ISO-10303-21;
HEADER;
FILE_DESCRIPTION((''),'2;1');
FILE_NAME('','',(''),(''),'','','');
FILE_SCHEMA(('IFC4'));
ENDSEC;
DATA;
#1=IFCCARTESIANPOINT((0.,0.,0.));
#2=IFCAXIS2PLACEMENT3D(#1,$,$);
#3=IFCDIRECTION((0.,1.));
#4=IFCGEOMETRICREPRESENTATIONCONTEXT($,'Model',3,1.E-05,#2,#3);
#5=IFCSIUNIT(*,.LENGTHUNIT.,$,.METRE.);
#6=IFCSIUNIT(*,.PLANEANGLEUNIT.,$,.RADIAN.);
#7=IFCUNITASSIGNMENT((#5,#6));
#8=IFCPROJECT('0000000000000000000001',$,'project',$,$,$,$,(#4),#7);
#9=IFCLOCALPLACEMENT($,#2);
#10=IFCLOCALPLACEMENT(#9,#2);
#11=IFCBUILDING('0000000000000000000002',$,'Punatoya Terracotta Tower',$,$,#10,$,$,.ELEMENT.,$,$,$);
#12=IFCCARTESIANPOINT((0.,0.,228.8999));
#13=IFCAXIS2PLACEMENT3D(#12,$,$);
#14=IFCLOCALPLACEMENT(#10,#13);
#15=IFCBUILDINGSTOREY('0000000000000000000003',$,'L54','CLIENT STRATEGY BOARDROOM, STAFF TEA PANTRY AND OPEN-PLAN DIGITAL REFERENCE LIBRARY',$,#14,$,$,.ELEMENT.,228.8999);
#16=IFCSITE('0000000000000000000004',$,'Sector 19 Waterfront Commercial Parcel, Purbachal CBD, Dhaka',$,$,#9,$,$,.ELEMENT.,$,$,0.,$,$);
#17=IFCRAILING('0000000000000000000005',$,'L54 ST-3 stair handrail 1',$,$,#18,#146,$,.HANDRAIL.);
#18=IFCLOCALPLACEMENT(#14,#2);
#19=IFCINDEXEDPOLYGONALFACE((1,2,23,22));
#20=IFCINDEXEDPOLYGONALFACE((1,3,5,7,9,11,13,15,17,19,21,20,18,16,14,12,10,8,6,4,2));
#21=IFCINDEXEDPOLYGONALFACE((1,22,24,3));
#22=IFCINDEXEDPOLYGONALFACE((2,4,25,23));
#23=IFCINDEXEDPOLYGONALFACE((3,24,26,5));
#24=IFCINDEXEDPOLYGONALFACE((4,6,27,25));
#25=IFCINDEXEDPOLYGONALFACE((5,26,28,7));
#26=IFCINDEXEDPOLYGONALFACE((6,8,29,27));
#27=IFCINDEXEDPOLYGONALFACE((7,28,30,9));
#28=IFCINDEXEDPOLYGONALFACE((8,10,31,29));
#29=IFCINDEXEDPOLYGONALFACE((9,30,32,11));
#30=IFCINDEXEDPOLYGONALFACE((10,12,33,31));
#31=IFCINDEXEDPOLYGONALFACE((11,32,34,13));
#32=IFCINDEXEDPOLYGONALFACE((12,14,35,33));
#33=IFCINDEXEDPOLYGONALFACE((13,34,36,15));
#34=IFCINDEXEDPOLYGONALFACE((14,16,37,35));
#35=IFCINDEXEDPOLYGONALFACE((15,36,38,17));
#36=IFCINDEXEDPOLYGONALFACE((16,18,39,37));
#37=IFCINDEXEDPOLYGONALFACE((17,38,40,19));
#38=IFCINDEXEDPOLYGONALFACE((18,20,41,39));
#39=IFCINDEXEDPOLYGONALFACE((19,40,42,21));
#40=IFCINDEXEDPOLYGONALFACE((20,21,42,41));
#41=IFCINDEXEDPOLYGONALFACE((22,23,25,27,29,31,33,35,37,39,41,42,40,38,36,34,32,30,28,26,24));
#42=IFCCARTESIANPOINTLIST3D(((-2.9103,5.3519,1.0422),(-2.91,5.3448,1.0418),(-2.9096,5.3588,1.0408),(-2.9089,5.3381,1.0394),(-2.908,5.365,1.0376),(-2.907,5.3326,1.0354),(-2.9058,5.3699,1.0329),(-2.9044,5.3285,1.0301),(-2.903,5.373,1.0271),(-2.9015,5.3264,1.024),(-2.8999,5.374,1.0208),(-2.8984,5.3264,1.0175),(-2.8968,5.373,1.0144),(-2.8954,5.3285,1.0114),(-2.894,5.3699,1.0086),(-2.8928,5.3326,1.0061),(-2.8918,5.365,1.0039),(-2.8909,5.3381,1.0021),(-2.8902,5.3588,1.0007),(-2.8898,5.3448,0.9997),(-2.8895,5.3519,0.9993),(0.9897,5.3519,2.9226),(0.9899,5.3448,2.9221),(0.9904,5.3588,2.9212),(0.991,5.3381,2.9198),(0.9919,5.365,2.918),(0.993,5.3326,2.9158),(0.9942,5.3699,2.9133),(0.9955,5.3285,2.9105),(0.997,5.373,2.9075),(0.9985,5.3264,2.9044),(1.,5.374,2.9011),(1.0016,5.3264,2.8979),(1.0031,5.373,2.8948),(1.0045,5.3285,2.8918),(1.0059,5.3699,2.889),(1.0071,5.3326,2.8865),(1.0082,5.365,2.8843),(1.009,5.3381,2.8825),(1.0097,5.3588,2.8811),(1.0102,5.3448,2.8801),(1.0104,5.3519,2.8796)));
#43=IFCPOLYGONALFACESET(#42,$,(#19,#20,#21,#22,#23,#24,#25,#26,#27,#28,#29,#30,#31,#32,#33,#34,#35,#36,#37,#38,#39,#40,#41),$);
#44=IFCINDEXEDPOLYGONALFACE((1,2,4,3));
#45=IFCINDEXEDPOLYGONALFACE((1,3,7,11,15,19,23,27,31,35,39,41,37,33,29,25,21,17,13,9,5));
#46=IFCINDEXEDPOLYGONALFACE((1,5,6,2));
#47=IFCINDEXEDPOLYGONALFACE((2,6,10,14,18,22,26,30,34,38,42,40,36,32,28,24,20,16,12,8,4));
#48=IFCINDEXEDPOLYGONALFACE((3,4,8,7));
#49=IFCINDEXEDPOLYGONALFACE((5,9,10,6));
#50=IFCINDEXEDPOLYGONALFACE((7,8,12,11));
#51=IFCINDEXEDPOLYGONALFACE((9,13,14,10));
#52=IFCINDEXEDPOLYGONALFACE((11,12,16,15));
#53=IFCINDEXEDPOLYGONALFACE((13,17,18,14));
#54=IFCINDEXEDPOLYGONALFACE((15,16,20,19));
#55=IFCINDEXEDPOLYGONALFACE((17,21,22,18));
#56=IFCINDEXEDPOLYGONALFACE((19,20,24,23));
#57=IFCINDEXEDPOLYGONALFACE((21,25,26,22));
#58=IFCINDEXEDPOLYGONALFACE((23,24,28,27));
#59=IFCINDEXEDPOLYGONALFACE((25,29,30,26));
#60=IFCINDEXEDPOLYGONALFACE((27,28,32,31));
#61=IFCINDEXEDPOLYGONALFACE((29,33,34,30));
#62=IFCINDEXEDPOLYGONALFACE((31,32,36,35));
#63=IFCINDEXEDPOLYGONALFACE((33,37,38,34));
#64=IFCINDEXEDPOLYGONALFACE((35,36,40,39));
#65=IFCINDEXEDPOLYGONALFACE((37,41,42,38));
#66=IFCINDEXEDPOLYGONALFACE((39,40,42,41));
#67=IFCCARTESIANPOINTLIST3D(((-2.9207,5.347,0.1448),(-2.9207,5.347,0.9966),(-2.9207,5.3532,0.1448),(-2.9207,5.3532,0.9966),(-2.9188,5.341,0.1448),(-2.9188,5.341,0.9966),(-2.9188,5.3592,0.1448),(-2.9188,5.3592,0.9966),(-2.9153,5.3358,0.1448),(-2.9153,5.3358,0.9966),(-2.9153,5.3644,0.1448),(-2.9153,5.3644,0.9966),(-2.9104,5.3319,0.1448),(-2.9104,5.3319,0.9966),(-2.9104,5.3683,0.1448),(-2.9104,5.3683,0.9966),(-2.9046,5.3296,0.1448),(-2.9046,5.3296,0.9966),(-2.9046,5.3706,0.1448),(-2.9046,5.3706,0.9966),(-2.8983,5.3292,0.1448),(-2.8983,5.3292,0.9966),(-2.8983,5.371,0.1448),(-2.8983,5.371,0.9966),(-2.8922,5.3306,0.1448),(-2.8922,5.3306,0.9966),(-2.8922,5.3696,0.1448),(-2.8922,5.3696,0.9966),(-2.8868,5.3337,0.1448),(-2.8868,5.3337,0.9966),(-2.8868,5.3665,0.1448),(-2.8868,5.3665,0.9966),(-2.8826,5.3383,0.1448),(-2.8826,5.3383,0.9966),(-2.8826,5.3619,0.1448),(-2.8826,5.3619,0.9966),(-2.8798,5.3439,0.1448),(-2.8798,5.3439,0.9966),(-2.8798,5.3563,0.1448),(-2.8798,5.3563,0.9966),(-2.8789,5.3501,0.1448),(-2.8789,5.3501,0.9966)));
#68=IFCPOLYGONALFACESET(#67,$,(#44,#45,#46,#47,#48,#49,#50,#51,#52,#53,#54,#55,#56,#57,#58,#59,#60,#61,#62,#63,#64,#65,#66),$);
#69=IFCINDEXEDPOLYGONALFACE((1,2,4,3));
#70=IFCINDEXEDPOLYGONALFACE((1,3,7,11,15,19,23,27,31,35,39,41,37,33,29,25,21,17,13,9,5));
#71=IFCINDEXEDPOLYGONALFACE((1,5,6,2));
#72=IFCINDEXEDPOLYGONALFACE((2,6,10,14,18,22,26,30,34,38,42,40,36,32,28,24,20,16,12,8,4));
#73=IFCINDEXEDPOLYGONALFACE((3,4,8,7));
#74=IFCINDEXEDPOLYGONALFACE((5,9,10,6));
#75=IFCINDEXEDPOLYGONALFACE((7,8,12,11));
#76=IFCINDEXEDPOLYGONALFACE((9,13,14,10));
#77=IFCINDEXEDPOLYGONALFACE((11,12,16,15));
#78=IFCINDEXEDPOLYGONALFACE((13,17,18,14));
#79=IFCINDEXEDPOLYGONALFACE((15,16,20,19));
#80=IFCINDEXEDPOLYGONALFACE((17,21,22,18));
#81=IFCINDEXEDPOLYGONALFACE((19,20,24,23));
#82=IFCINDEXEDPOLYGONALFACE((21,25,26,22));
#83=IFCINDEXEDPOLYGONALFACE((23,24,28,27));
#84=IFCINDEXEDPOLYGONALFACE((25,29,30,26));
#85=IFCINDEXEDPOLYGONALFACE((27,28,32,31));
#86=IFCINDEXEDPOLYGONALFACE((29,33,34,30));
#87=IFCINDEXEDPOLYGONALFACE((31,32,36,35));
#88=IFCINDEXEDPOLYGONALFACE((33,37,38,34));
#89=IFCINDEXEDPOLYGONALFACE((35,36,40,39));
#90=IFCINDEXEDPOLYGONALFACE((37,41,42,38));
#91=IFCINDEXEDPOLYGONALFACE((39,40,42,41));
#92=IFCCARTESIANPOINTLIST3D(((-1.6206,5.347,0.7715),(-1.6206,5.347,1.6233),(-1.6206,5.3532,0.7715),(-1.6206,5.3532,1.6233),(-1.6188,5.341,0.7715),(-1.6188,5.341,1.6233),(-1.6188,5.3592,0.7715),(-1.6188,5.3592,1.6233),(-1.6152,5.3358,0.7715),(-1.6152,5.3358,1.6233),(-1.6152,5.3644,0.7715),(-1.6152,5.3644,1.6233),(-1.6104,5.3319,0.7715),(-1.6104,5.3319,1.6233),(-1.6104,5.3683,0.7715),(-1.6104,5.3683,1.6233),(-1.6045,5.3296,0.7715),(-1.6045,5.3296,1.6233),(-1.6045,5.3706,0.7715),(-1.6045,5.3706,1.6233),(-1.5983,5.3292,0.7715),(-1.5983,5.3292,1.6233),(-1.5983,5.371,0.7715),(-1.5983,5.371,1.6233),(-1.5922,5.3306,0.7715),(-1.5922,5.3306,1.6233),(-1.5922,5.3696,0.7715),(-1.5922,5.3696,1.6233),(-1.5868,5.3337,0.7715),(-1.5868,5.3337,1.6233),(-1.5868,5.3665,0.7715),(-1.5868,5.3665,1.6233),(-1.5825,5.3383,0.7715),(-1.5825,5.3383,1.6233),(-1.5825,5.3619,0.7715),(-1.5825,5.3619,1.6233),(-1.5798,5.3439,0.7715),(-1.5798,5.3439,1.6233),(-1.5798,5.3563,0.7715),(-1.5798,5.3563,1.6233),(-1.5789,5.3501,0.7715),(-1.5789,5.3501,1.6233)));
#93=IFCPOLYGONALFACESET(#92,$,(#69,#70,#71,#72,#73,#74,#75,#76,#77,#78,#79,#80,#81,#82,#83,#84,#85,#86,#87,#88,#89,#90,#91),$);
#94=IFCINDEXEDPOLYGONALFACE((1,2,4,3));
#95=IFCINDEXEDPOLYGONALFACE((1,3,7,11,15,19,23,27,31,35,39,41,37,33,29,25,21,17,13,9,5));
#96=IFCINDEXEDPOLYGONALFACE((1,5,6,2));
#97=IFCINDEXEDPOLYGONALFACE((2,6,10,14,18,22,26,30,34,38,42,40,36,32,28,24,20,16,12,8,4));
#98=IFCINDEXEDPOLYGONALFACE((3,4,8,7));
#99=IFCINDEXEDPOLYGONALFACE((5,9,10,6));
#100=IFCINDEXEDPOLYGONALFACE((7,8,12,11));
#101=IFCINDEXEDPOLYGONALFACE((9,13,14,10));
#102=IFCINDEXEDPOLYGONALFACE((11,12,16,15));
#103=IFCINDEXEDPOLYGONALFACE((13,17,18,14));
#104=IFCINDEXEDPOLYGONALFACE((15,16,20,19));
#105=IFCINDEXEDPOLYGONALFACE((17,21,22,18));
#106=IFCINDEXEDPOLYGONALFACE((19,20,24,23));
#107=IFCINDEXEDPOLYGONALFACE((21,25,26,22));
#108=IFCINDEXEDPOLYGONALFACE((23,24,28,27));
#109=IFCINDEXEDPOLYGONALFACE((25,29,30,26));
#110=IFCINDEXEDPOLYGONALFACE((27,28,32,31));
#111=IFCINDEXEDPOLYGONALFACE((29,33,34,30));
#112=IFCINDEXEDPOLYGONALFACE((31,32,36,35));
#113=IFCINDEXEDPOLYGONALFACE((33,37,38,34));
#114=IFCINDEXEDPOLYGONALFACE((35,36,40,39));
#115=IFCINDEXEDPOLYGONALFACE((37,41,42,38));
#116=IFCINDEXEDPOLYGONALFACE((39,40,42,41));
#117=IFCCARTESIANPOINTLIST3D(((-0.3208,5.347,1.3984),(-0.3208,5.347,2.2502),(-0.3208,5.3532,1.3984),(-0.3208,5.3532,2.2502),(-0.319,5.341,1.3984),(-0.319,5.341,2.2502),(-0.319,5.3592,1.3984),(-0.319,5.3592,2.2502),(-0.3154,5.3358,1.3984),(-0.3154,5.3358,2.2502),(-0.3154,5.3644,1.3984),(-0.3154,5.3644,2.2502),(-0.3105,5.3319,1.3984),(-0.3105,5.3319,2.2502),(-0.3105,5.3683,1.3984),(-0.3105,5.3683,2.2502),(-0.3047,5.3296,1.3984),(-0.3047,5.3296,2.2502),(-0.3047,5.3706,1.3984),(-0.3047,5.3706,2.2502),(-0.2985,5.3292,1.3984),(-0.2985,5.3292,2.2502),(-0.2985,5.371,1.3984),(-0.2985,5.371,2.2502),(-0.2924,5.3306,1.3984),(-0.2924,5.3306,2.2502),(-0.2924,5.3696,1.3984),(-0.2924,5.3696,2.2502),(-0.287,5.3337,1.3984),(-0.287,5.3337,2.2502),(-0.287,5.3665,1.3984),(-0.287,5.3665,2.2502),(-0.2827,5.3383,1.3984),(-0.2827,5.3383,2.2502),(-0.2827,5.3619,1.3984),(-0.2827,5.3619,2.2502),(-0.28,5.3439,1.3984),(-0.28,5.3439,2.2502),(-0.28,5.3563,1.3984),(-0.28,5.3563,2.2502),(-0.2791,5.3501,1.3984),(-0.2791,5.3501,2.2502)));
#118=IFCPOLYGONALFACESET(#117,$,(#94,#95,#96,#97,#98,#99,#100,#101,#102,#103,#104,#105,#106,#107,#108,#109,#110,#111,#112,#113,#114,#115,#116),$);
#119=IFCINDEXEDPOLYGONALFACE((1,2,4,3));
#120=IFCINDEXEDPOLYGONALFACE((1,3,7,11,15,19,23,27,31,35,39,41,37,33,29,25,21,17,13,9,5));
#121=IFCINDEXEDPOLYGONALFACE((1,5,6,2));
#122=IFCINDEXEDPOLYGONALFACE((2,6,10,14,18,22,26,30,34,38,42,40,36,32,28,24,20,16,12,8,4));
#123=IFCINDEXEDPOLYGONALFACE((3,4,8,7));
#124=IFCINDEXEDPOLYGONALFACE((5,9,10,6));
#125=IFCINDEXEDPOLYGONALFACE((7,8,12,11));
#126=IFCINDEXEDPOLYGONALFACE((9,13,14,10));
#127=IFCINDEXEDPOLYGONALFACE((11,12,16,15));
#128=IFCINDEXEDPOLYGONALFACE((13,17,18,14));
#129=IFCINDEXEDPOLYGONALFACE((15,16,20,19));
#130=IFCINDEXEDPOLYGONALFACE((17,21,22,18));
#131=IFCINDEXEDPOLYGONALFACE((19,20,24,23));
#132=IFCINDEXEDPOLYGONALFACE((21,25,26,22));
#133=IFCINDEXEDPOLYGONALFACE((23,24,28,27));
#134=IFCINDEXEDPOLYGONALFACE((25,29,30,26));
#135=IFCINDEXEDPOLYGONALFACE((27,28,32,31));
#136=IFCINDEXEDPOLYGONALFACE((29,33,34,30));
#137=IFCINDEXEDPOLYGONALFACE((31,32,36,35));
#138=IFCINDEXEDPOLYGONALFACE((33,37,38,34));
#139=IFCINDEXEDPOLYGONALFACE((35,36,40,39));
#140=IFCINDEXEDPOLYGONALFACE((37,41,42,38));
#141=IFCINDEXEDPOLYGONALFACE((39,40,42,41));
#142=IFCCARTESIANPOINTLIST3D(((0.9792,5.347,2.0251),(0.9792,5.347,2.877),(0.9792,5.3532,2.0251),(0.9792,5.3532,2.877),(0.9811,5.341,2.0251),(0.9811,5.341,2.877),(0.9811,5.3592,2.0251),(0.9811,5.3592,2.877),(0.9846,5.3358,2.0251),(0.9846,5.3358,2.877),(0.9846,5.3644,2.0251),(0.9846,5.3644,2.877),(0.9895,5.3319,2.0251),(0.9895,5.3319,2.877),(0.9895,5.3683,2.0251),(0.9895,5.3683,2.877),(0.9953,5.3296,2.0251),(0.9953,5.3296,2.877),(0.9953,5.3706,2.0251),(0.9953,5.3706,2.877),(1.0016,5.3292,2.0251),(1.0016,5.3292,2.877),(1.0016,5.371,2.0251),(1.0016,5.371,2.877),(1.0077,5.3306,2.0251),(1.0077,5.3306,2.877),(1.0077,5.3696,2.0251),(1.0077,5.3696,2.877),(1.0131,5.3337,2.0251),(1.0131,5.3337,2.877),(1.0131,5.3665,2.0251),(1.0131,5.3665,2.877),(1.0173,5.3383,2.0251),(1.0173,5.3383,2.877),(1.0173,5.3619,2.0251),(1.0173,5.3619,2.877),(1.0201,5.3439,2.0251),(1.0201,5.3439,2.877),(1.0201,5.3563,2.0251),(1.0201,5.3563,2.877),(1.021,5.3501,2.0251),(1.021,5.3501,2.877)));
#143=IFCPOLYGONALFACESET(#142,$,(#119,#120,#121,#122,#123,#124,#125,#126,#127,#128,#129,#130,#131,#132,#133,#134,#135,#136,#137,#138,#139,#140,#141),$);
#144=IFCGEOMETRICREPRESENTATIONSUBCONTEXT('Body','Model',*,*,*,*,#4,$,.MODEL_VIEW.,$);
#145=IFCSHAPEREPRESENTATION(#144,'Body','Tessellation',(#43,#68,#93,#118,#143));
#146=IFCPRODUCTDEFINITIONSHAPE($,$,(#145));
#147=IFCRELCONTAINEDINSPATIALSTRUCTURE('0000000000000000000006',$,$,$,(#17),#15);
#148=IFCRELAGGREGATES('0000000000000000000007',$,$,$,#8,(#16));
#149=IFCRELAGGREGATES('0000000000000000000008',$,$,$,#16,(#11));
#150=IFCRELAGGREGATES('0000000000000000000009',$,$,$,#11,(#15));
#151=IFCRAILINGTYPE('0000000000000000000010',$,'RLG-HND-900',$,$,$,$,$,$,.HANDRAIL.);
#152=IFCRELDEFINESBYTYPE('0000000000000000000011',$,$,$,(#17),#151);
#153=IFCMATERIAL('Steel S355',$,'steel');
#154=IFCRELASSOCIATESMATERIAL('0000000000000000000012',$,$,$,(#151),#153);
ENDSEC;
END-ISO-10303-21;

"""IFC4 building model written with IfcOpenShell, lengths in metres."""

from ifc_helpers import new_model, si_unit, direction, frame, origin, origin_2d, place, context, subcontext, project, spatial, circle, extrude, material, type_object, element, save


model = new_model("IFC4")

# Units and contexts
model_context = context("Model", 3, precision=1e-05, world=origin(), true_north=direction((0.0, 1.0)))
body_context = subcontext(model_context, "Body", "Model", "MODEL_VIEW")
ifc_project = project(units=[si_unit("LENGTHUNIT", "METRE"), si_unit("PLANEANGLEUNIT", "RADIAN")], contexts=[model_context])

# Site, building, storey
site_placement = place(None, origin())
site = spatial("IfcSite", under=ifc_project, at=site_placement, Name="Sector 19 Waterfront Commercial Parcel, Purbachal CBD, Dhaka", CompositionType="ELEMENT", RefElevation=0.0)
building_placement = place(site_placement, origin())
building = spatial("IfcBuilding", under=site, at=building_placement, Name="Punatoya Terracotta Tower", CompositionType="ELEMENT")
storey_placement = place(building_placement, frame((0.0, 0.0, 228.8999)))
storey = spatial("IfcBuildingStorey", under=building, at=storey_placement, Name="L54", Description="CLIENT STRATEGY BOARDROOM, STAFF TEA PANTRY AND OPEN-PLAN DIGITAL REFERENCE LIBRARY", CompositionType="ELEMENT", Elevation=228.8999)

# Shared definitions
ifc_material_1 = material(Name="Steel S355", Category="steel")

# Railing
railing_type_1 = type_object("IfcRailingType", Name="RLG-HND-900", PredefinedType="HANDRAIL", material=ifc_material_1)
railing_1_placement = place(storey_placement, frame((-2.8999, 5.3501, 0.1448)))
element("IfcRailing", 1, at=railing_1_placement, inside=storey, type_object=railing_type_1, Name="L54 ST-3 stair handrail 1", PredefinedType="HANDRAIL", context=body_context, shape_type="SweptSolid", body=[
    extrude(circle(Radius=0.0239, at=origin_2d()), frame((0.0, 0.0, 0.876), z_axis=(0.900763, 0.0, 0.434311), x_axis=(0.0, 1.0, 0.0)), (0.0, 0.0, 1.0), 4.3296),
    extrude(circle(Radius=0.021, at=origin_2d()), origin(), (0.0, 0.0, 1.0), 0.8518),
    extrude(circle(Radius=0.021, at=origin_2d()), frame((1.3, 0.0, 0.6267)), (0.0, 0.0, 1.0), 0.8518),
    extrude(circle(Radius=0.021, at=origin_2d()), frame((2.5999, 0.0, 1.2537)), (0.0, 0.0, 1.0), 0.8518),
    extrude(circle(Radius=0.021, at=origin_2d()), frame((3.8999, 0.0, 1.8804)), (0.0, 0.0, 1.0), 0.8518),
])

save(model, "model.ifc")
